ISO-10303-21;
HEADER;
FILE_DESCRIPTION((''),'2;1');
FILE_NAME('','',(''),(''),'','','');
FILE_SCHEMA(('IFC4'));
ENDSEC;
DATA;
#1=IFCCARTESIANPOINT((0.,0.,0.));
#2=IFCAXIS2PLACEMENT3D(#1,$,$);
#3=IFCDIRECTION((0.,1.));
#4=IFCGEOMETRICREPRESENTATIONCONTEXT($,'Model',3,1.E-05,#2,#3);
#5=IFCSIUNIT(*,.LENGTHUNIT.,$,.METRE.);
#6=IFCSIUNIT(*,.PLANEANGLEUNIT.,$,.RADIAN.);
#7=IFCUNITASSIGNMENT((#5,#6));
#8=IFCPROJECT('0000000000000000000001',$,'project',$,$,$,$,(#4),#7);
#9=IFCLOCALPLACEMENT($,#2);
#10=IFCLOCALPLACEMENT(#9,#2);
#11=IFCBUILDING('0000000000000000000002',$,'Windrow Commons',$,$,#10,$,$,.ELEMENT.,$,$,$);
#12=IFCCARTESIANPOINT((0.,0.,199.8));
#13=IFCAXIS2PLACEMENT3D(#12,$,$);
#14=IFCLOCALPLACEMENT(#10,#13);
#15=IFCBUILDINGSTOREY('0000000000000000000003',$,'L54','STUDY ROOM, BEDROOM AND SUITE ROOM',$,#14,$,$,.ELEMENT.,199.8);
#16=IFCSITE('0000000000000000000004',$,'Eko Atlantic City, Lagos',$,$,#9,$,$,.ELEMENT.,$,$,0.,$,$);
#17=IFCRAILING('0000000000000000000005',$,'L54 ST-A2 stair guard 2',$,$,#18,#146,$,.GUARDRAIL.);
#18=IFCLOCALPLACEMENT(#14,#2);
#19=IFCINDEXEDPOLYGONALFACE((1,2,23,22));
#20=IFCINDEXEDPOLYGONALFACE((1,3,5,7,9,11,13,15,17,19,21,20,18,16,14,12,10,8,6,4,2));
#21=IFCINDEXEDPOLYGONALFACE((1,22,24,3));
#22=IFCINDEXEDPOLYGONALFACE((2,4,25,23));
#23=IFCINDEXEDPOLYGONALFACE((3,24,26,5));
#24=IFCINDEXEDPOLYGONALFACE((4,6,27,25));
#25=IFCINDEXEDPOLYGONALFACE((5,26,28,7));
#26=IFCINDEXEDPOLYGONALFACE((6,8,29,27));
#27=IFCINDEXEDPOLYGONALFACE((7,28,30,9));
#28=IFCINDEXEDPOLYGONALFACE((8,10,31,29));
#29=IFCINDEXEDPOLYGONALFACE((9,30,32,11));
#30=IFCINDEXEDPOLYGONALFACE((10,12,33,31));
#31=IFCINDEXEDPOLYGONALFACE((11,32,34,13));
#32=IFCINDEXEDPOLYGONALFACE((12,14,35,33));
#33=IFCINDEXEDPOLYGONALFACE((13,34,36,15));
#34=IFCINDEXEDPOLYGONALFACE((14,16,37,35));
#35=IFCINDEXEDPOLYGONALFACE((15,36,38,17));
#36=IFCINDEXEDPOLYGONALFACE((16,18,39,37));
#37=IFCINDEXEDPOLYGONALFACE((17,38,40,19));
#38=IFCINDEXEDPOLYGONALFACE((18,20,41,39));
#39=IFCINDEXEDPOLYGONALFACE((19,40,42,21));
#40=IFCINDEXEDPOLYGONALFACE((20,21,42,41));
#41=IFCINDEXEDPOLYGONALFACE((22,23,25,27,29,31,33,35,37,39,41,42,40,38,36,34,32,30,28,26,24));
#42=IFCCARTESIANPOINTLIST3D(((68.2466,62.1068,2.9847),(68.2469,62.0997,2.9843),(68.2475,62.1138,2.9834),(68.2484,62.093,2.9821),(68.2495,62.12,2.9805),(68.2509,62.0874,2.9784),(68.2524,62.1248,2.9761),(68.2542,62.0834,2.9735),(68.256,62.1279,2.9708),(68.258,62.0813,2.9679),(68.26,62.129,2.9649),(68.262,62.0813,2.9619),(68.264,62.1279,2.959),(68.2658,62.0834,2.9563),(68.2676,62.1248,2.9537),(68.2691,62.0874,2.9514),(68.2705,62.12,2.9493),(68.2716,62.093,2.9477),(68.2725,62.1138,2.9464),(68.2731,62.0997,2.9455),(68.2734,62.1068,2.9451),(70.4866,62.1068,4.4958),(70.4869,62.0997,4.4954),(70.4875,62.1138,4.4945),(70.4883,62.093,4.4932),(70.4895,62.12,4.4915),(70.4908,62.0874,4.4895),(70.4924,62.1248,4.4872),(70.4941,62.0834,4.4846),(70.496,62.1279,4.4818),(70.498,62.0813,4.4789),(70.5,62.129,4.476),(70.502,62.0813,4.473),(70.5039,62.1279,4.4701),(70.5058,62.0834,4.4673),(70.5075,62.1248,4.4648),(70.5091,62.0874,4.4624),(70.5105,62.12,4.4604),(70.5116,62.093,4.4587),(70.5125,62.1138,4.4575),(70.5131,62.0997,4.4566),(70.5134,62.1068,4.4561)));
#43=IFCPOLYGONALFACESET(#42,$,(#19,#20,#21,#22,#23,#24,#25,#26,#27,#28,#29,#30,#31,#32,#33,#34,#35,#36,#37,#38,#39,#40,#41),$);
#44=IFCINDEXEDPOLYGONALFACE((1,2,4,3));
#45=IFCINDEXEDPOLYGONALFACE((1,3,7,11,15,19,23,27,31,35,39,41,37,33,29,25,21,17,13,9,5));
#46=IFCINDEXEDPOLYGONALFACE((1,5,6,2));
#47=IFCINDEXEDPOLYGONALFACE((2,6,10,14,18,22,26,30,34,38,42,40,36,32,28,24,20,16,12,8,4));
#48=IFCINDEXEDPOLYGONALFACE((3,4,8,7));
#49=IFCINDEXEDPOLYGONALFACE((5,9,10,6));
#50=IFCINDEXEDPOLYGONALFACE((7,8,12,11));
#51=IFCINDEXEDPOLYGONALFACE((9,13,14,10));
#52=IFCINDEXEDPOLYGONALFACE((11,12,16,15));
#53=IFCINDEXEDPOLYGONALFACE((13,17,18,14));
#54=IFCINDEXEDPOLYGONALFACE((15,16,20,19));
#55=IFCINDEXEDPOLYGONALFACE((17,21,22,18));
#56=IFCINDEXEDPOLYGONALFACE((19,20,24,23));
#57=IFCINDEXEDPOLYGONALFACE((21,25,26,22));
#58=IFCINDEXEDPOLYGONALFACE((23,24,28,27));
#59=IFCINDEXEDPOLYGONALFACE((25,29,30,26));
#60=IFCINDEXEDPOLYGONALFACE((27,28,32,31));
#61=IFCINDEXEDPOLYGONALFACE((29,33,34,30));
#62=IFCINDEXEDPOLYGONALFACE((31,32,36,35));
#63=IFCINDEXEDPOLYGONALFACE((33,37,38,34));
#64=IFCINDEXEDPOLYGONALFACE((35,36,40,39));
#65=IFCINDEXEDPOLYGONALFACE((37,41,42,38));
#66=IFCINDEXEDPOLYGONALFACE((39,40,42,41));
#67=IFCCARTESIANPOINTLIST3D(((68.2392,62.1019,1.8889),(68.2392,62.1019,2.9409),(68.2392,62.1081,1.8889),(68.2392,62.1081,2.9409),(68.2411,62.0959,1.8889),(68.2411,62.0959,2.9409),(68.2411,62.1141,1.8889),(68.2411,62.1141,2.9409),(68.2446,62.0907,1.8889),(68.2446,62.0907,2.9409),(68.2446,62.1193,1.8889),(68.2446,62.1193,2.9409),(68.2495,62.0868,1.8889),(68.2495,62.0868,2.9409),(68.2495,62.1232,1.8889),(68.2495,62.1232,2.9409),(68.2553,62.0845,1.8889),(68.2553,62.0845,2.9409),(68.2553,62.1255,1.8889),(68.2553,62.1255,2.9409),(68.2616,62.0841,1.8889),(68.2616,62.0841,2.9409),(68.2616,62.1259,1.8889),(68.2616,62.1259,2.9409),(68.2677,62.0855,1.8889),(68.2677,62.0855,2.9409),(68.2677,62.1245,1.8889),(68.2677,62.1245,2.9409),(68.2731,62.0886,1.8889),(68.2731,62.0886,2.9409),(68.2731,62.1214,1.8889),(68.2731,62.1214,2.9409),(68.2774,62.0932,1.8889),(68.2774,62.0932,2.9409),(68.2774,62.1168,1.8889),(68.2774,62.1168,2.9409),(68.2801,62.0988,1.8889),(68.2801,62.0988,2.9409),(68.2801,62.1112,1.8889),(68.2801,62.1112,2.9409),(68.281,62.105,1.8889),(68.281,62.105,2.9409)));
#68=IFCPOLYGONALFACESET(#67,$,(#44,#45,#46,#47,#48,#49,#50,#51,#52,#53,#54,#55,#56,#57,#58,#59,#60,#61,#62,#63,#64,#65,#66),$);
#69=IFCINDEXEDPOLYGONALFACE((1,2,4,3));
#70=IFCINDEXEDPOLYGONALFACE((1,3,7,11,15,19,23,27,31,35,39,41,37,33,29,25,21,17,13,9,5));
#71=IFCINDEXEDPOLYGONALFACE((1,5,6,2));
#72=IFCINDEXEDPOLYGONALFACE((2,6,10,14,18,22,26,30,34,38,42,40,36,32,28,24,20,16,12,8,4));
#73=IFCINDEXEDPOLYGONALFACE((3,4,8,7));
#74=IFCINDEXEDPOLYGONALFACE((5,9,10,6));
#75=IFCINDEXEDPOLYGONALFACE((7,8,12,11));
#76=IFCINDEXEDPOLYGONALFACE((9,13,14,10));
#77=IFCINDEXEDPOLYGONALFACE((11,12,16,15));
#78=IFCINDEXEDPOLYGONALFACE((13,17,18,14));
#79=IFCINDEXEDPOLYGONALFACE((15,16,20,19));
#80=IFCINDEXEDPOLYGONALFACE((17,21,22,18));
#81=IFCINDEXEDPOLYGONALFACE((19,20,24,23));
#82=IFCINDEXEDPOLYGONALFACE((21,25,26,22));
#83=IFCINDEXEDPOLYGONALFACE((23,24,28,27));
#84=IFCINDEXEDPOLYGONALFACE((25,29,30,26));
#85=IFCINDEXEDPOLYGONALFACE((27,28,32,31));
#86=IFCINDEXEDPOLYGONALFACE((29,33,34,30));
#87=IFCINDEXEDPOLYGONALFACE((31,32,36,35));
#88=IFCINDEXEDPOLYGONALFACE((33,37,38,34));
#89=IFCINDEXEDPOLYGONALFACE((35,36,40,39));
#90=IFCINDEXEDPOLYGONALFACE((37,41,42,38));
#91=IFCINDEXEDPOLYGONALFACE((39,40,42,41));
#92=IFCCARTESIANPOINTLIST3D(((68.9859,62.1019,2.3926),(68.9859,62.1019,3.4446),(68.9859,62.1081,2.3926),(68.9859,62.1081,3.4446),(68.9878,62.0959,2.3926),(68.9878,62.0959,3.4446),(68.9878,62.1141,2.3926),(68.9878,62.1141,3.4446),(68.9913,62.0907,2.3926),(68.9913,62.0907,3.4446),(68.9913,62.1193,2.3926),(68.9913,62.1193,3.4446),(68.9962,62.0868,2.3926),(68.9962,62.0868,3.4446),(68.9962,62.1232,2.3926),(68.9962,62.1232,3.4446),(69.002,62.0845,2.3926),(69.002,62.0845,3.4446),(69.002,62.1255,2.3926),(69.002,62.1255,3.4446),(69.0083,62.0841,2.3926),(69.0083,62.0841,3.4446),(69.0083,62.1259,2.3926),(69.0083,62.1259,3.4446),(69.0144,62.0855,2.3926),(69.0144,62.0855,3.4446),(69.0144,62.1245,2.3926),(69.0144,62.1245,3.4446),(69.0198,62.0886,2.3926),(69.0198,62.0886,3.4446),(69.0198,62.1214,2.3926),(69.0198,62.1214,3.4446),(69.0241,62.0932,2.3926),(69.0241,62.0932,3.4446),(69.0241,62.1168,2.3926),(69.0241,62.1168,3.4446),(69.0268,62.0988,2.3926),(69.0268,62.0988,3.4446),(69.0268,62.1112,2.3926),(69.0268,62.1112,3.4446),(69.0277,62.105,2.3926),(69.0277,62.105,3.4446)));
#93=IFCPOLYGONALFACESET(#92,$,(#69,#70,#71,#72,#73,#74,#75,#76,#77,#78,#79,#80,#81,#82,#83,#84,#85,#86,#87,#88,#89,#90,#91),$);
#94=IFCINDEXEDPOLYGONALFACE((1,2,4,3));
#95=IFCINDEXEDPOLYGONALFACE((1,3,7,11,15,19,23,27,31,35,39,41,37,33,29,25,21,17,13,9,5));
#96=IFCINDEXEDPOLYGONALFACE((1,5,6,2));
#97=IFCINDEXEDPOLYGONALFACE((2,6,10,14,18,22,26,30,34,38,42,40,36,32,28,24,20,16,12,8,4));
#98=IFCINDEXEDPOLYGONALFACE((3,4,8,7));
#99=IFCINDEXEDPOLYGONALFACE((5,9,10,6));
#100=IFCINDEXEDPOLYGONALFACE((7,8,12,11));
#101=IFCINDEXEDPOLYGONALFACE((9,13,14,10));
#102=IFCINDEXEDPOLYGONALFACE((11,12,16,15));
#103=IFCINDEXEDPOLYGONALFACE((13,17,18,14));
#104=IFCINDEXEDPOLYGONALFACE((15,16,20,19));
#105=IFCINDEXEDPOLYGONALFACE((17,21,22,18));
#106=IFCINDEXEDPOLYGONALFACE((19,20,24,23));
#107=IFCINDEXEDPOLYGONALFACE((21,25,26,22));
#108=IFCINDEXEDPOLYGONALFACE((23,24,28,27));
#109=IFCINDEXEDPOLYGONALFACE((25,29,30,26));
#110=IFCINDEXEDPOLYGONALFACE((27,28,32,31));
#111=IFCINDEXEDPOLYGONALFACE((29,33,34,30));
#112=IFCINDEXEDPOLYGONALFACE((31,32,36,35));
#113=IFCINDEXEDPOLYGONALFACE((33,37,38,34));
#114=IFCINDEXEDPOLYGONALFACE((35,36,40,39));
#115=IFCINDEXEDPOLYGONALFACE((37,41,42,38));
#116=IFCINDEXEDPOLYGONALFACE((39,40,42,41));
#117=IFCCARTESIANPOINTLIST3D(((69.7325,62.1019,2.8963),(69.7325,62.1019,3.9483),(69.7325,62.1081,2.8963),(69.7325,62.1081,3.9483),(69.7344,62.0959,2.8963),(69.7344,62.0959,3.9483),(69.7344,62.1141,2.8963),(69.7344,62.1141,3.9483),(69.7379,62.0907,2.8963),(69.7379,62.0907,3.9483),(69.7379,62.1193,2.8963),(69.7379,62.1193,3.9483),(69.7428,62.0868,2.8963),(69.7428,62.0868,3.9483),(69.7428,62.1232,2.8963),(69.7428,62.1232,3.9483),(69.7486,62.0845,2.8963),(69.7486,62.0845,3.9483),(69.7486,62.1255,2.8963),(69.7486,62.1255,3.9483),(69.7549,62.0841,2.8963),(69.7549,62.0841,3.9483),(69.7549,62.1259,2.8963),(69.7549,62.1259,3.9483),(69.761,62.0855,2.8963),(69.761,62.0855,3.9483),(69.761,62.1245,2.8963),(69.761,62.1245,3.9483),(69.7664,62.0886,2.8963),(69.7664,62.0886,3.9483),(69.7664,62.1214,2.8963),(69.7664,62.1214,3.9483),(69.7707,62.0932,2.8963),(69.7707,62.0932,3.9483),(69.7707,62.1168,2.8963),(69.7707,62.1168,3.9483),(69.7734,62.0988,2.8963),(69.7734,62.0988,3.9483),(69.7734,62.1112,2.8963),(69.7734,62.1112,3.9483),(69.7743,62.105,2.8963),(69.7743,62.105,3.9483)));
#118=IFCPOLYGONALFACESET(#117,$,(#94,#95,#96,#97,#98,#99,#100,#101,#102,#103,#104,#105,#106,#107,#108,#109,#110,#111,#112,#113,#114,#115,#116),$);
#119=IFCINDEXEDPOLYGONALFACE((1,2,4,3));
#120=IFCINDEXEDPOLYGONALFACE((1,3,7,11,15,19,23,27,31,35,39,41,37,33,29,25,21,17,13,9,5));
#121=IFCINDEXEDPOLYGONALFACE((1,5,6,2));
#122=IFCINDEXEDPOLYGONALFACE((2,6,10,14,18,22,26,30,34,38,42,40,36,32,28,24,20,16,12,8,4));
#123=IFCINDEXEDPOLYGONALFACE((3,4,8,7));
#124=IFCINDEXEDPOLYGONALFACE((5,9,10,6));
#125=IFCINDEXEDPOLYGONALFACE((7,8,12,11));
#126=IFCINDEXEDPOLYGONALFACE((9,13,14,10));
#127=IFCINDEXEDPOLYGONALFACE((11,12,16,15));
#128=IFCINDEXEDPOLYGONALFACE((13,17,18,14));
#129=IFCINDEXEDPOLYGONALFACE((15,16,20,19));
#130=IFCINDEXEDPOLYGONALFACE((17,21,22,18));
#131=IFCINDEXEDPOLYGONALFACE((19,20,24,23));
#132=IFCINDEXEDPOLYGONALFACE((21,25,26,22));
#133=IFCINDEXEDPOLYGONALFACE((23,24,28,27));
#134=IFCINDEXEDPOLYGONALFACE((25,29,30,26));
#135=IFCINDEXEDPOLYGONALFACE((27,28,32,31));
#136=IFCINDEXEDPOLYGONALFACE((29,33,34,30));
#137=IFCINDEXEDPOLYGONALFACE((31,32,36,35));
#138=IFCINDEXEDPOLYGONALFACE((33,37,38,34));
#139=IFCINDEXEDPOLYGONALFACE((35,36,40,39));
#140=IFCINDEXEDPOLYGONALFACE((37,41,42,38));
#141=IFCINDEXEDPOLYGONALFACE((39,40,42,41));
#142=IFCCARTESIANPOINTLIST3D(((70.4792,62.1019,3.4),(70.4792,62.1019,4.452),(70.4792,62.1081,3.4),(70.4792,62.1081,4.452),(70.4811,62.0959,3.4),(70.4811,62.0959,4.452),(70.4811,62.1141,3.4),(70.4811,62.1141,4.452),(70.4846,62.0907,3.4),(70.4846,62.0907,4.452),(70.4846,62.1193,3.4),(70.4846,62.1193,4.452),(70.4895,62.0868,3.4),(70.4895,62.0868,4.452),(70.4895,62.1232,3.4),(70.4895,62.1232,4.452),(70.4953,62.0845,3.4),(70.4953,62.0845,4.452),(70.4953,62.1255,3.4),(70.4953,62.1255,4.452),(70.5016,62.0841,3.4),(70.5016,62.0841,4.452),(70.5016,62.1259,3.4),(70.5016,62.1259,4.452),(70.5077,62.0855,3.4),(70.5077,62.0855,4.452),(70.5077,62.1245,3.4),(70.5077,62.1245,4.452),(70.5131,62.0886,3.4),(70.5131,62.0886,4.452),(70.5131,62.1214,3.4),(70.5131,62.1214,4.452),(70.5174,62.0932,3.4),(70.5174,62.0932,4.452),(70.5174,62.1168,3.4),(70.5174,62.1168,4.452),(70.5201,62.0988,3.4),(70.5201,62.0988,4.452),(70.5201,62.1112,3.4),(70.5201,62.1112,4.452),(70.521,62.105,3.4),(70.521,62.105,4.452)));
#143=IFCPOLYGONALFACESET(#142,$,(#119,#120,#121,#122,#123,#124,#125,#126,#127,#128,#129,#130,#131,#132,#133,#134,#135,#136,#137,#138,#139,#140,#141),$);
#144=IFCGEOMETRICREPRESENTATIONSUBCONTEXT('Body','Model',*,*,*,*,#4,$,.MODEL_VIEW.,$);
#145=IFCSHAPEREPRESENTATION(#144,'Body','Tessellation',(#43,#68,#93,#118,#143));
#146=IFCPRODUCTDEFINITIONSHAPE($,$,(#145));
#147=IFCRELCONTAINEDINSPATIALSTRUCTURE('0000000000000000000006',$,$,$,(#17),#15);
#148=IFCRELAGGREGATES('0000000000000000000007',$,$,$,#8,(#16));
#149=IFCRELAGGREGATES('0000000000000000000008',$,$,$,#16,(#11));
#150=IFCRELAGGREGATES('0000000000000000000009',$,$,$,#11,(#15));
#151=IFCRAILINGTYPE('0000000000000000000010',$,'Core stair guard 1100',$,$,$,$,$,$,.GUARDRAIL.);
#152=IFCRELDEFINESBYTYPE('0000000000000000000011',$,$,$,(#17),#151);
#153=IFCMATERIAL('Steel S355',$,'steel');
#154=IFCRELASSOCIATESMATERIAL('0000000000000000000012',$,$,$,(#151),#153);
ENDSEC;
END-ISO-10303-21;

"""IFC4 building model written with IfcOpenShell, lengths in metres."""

from ifc_helpers import new_model, si_unit, direction, frame, origin, origin_2d, place, context, subcontext, project, spatial, circle, extrude, material, type_object, element, save


model = new_model("IFC4")

# Units and contexts
model_context = context("Model", 3, precision=1e-05, world=origin(), true_north=direction((0.0, 1.0)))
body_context = subcontext(model_context, "Body", "Model", "MODEL_VIEW")
ifc_project = project(units=[si_unit("LENGTHUNIT", "METRE"), si_unit("PLANEANGLEUNIT", "RADIAN")], contexts=[model_context])

# Site, building, storey
site_placement = place(None, origin())
site = spatial("IfcSite", under=ifc_project, at=site_placement, Name="Eko Atlantic City, Lagos", CompositionType="ELEMENT", RefElevation=0.0)
building_placement = place(site_placement, origin())
building = spatial("IfcBuilding", under=site, at=building_placement, Name="Windrow Commons", CompositionType="ELEMENT")
storey_placement = place(building_placement, frame((0.0, 0.0, 199.8)))
storey = spatial("IfcBuildingStorey", under=building, at=storey_placement, Name="L54", Description="STUDY ROOM, BEDROOM AND SUITE ROOM", CompositionType="ELEMENT", Elevation=199.8)

# Railing
ifc_material_1 = material(Name="Steel S355", Category="steel")
railing_type_1 = type_object("IfcRailingType", Name="Core stair guard 1100", PredefinedType="GUARDRAIL", material=ifc_material_1)
railing_1_placement = place(storey_placement, frame((68.26, 62.105, 1.8889)))
element("IfcRailing", 1, at=railing_1_placement, inside=storey, type_object=railing_type_1, Name="L54 ST-A2 stair guard 2", PredefinedType="GUARDRAIL", context=body_context, shape_type="SweptSolid", body=[
    extrude(circle(Radius=0.024, at=origin_2d()), frame((0.0, 0.0, 1.076), z_axis=(0.829003, 0.0, 0.559244), x_axis=(0.0, 1.0, 0.0)), (0.0, 0.0, 1.0), 2.702),
    extrude(circle(Radius=0.021, at=origin_2d()), origin(), (0.0, 0.0, 1.0), 1.052),
    extrude(circle(Radius=0.021, at=origin_2d()), frame((0.7467, 0.0, 0.5037)), (0.0, 0.0, 1.0), 1.052),
    extrude(circle(Radius=0.021, at=origin_2d()), frame((1.4933, 0.0, 1.0074)), (0.0, 0.0, 1.0), 1.052),
    extrude(circle(Radius=0.021, at=origin_2d()), frame((2.24, 0.0, 1.5111)), (0.0, 0.0, 1.0), 1.052),
])

save(model, "model.ifc")
